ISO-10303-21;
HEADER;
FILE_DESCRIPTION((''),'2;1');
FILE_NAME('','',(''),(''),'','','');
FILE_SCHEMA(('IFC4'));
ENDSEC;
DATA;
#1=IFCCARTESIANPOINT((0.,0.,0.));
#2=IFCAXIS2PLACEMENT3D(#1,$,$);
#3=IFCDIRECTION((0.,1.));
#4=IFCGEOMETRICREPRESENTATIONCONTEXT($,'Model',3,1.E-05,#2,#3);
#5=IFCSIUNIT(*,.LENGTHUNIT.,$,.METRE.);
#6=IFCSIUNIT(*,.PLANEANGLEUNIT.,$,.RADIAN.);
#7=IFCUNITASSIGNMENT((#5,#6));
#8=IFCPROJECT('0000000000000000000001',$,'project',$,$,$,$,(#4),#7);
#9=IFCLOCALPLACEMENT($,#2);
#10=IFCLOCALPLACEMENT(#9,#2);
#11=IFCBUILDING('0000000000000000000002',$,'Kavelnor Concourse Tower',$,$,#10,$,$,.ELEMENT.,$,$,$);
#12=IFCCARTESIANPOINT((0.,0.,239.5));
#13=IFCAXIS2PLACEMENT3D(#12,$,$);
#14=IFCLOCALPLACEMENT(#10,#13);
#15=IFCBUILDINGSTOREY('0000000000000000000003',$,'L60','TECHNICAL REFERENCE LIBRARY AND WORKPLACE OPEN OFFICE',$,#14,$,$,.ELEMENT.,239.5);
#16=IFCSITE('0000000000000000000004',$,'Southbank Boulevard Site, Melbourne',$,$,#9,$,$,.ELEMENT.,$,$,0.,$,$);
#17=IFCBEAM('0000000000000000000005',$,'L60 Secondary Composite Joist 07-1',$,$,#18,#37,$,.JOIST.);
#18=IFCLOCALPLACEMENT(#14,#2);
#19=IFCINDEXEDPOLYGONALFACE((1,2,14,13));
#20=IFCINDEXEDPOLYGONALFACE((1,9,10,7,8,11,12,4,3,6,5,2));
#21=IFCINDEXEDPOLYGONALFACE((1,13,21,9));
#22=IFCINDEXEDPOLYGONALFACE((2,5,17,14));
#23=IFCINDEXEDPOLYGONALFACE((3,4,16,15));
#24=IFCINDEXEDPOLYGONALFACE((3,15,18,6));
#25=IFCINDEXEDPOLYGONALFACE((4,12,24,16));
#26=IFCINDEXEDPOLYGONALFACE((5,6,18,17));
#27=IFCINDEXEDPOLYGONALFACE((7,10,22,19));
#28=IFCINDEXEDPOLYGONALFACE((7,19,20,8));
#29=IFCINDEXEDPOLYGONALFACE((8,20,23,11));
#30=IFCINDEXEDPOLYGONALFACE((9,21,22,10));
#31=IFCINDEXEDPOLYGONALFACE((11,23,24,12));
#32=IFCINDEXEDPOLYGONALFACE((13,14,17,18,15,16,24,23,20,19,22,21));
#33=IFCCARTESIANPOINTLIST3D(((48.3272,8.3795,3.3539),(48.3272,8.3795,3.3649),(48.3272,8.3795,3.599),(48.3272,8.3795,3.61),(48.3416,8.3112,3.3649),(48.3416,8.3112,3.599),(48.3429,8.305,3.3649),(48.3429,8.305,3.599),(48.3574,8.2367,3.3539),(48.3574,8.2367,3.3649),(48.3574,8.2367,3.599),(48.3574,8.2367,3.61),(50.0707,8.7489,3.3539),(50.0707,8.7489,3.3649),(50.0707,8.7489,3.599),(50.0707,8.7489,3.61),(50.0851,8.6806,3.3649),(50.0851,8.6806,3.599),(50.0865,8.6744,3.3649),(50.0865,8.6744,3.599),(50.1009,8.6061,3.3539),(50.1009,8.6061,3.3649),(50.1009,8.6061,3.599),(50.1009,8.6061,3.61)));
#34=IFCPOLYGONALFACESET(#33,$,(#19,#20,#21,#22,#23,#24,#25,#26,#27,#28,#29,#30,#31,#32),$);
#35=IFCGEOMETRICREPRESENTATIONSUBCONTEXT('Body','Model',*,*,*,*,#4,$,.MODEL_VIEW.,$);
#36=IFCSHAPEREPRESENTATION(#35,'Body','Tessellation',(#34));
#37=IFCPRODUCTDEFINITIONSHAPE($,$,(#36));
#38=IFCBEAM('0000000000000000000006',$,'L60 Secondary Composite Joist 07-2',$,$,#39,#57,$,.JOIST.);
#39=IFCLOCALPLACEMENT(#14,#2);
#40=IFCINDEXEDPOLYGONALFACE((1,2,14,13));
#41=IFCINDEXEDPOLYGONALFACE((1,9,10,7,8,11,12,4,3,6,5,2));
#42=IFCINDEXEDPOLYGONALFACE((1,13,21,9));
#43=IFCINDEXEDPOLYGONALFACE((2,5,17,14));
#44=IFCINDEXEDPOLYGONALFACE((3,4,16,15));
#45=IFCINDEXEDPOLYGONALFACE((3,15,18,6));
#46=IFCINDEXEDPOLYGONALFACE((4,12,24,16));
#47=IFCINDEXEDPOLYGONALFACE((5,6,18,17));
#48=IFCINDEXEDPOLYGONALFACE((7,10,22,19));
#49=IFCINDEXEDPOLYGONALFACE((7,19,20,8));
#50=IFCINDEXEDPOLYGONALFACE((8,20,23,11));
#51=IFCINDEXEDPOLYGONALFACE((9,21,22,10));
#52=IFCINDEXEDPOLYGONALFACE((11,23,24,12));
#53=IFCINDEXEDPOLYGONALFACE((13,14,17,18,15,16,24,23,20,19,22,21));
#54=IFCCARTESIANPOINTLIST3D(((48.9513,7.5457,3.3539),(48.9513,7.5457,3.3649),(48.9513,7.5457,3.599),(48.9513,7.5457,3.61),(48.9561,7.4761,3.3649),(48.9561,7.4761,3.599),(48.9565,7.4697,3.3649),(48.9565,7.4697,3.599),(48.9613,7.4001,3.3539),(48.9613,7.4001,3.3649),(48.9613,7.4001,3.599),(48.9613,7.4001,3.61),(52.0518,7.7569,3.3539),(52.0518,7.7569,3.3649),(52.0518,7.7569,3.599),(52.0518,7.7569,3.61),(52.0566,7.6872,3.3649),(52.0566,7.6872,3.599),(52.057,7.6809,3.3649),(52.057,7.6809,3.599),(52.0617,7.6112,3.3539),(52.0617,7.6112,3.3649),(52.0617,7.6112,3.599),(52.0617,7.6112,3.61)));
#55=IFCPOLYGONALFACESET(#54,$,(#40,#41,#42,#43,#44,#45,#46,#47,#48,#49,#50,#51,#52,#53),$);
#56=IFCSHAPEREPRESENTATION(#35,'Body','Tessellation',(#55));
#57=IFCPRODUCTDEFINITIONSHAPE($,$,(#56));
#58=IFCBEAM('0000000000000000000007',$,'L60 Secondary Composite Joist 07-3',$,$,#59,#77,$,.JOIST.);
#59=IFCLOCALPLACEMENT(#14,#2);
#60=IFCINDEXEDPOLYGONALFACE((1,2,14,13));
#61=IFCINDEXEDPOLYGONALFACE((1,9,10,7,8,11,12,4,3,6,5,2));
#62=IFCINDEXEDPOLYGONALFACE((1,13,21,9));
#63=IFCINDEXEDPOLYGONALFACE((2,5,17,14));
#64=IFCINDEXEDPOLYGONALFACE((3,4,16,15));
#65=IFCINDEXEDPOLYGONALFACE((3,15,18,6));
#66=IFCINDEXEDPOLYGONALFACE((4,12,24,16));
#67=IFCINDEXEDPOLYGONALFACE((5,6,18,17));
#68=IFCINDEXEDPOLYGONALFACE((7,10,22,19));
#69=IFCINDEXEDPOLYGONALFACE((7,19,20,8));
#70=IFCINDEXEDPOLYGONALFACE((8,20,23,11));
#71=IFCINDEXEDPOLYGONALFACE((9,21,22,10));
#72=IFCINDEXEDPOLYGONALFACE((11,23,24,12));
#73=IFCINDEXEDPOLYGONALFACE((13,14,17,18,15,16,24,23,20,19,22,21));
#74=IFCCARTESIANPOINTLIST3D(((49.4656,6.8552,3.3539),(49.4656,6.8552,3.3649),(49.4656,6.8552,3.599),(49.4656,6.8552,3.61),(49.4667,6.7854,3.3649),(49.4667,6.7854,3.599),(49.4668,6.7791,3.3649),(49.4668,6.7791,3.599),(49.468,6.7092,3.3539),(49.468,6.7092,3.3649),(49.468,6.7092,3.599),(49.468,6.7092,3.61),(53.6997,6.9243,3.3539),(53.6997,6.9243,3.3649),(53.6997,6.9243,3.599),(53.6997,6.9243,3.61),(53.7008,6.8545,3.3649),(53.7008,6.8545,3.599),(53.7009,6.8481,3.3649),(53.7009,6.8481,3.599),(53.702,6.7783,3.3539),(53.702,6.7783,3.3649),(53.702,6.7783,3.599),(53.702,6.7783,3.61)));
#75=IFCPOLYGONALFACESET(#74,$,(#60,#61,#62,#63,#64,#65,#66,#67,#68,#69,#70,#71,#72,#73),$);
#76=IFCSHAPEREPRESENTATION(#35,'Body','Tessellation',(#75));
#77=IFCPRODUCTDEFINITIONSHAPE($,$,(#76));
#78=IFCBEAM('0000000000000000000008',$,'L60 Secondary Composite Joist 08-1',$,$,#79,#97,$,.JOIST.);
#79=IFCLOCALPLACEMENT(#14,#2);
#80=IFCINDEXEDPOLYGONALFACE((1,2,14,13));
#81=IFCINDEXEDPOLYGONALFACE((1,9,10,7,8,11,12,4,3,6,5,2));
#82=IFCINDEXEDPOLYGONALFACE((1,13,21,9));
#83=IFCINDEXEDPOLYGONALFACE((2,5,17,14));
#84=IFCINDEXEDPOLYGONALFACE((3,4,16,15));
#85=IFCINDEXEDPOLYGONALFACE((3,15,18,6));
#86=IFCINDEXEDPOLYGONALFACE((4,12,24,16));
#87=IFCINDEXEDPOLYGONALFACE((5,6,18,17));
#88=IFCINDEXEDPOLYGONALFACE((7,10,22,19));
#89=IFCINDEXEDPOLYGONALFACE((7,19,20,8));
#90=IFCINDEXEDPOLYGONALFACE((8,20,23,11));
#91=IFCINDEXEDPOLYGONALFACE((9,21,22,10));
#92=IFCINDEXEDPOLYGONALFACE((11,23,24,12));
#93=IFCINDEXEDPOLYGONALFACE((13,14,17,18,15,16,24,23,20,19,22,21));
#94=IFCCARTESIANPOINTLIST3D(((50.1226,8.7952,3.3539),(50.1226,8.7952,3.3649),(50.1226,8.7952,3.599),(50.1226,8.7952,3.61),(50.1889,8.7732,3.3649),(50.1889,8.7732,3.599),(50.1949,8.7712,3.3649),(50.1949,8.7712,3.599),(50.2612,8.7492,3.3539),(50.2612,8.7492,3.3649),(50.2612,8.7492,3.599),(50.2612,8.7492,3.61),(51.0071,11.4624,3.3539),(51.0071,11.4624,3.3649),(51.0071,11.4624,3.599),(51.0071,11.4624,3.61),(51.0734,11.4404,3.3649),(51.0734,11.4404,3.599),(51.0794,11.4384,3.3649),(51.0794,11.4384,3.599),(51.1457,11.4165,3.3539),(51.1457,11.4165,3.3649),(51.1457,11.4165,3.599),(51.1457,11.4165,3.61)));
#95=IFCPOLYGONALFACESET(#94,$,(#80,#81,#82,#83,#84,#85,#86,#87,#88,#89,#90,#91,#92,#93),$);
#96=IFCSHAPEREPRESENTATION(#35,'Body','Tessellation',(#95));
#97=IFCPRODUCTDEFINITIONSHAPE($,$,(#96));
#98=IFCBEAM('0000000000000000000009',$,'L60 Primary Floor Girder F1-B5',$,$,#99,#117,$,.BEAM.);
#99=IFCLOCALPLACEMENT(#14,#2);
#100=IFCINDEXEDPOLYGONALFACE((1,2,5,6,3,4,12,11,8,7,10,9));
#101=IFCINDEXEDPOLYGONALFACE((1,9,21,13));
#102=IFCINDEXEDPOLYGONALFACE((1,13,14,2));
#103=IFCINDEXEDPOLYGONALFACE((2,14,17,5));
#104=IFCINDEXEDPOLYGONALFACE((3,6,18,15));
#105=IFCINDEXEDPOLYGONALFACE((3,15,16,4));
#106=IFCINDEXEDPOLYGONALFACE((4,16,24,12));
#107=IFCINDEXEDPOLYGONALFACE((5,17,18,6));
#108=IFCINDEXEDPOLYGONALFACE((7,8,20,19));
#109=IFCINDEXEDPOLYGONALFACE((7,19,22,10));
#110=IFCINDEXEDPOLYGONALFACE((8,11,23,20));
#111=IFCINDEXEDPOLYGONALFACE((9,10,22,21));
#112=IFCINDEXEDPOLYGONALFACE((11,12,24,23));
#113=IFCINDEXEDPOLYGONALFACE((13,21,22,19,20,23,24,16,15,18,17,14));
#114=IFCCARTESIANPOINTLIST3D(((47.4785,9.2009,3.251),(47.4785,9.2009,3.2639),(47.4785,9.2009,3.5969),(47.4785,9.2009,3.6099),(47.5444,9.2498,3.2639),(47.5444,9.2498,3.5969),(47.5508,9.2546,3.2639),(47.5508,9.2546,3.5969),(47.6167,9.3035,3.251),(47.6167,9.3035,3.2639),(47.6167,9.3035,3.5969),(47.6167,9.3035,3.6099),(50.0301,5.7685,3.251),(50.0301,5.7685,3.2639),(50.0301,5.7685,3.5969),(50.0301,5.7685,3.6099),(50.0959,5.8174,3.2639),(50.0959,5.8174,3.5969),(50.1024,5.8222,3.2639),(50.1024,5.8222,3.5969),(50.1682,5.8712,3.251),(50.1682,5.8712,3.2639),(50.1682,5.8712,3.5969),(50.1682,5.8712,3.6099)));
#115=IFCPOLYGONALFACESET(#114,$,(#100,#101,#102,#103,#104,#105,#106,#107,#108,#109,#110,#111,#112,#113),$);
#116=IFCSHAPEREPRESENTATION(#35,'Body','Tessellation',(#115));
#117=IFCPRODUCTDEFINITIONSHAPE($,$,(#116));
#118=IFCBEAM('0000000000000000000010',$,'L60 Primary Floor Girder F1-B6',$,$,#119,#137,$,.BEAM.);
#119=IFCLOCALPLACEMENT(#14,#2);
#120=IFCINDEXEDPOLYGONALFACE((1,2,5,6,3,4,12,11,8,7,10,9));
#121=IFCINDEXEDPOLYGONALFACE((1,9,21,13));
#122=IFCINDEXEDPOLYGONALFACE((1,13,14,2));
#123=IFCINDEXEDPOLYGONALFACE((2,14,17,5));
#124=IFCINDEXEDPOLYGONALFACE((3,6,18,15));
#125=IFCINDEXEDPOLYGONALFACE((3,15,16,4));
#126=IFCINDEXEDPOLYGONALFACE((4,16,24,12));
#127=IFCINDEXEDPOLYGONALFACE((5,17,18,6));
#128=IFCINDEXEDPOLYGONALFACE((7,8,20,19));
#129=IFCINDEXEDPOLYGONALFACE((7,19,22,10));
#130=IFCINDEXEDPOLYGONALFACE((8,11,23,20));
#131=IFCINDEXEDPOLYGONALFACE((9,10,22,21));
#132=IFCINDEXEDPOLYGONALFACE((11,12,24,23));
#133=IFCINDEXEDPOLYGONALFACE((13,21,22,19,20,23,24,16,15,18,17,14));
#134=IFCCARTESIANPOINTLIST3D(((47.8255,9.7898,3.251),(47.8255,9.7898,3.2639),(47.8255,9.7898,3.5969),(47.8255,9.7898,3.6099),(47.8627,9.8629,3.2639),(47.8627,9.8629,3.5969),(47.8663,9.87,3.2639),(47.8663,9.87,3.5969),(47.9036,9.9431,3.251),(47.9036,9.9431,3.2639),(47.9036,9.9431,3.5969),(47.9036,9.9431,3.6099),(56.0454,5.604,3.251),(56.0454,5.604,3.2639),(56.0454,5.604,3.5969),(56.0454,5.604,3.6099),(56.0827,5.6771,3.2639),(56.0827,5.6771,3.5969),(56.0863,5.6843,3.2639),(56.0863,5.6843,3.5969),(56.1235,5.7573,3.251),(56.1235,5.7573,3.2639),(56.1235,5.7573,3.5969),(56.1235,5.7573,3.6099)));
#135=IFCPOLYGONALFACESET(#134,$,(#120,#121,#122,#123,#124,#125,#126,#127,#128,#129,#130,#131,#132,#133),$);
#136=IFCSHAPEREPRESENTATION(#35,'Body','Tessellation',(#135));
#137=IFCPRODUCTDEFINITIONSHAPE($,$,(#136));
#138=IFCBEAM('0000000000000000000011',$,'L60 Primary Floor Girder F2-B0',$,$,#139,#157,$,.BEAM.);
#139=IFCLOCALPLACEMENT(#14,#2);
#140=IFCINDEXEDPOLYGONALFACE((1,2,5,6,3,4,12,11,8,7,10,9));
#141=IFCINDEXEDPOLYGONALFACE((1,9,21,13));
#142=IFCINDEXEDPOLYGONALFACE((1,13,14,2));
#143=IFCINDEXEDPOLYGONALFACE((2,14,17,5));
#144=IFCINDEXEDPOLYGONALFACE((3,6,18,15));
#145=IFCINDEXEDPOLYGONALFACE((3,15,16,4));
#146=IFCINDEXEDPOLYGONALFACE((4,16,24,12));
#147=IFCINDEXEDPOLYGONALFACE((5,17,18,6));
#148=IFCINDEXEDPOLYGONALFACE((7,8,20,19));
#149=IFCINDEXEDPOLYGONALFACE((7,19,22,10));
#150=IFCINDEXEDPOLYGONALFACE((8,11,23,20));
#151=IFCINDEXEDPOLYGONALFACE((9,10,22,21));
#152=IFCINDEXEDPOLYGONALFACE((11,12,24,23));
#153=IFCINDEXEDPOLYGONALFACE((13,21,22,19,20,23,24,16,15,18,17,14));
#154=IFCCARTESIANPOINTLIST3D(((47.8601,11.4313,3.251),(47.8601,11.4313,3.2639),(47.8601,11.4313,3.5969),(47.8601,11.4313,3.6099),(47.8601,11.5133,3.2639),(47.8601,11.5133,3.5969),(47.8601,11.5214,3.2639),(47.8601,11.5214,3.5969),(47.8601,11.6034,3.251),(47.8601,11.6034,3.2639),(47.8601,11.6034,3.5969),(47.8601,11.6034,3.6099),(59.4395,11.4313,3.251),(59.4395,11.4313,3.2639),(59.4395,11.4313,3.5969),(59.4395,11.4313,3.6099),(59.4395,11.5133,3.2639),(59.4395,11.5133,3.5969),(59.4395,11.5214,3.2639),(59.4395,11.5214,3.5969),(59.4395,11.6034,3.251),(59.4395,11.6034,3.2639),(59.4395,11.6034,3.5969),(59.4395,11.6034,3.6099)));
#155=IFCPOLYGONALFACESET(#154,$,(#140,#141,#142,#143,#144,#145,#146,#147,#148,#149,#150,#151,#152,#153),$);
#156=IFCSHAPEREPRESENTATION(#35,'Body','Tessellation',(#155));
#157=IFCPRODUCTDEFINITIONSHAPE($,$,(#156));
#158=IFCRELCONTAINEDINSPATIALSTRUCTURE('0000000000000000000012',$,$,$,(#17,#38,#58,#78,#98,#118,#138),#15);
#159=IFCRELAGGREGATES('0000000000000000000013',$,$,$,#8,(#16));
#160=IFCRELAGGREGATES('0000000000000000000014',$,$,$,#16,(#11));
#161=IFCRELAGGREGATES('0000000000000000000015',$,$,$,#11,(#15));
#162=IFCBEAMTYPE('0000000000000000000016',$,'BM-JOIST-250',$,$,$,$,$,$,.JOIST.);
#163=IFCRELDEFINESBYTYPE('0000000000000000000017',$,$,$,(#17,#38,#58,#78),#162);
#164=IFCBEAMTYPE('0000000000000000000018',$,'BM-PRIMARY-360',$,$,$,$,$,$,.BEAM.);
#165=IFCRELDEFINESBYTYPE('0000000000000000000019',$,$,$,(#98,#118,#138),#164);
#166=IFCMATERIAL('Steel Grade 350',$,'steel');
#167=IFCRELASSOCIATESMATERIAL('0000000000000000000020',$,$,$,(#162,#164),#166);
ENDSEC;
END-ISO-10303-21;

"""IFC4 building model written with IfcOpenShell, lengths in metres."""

from ifc_helpers import new_model, si_unit, direction, frame, origin, origin_2d, place, context, subcontext, project, spatial, i_section, extrude, material, material_profile, profile_set, type_object, element, save


model = new_model("IFC4")

# Units and contexts
model_context = context("Model", 3, precision=1e-05, world=origin(), true_north=direction((0.0, 1.0)))
body_context = subcontext(model_context, "Body", "Model", "MODEL_VIEW")
ifc_project = project(units=[si_unit("LENGTHUNIT", "METRE"), si_unit("PLANEANGLEUNIT", "RADIAN")], contexts=[model_context])

# Site, building, storey
site_placement = place(None, origin())
site = spatial("IfcSite", under=ifc_project, at=site_placement, Name="Southbank Boulevard Site, Melbourne", CompositionType="ELEMENT", RefElevation=0.0)
building_placement = place(site_placement, origin())
building = spatial("IfcBuilding", under=site, at=building_placement, Name="Kavelnor Concourse Tower", CompositionType="ELEMENT")
storey_placement = place(building_placement, frame((0.0, 0.0, 239.5)))
storey = spatial("IfcBuildingStorey", under=building, at=storey_placement, Name="L60", Description="TECHNICAL REFERENCE LIBRARY AND WORKPLACE OPEN OFFICE", CompositionType="ELEMENT", Elevation=239.5)

# Beams
ifc_material_1 = material(Name="Steel Grade 350", Category="steel")
ifc_material_profile_1 = material_profile(ifc_material_1, i_section(OverallWidth=0.146, OverallDepth=0.2561, WebThickness=0.0063, FlangeThickness=0.011, at=origin_2d()), Name="250UB37")
ifc_profile_set_1 = profile_set([ifc_material_profile_1], Name="Steel Grade 350")
beam_type_1 = type_object("IfcBeamType", Name="BM-JOIST-250", PredefinedType="JOIST", material=ifc_profile_set_1)
beam_1_placement = place(storey_placement, frame((48.3423, 8.3081, 3.4819), z_axis=(0.978283, 0.207274, 0.0), x_axis=(-0.207274, 0.978283, 0.0)))
element("IfcBeam", 1, at=beam_1_placement, inside=storey, type_object=beam_type_1, Name="L60 Secondary Composite Joist 07-1", PredefinedType="JOIST", context=body_context, shape_type="SweptSolid", body=[
    extrude(i_section(OverallWidth=0.146, OverallDepth=0.2561, WebThickness=0.0063, FlangeThickness=0.011, at=origin_2d()), origin(), (0.0, 0.0, 1.0), 1.7822),
])
beam_2_placement = place(storey_placement, frame((48.9563, 7.4729, 3.4819), z_axis=(0.997689, 0.067953, 0.0), x_axis=(-0.067953, 0.997689, 0.0)))
element("IfcBeam", 2, at=beam_2_placement, inside=storey, type_object=beam_type_1, Name="L60 Secondary Composite Joist 07-2", PredefinedType="JOIST", context=body_context, shape_type="SweptSolid", body=[
    extrude(i_section(OverallWidth=0.146, OverallDepth=0.2561, WebThickness=0.0063, FlangeThickness=0.011, at=origin_2d()), origin(), (0.0, 0.0, 1.0), 3.1077),
])
beam_3_placement = place(storey_placement, frame((49.4668, 6.7822, 3.4819), z_axis=(0.999867, 0.016316, 0.0), x_axis=(-0.016316, 0.999867, 0.0)))
element("IfcBeam", 3, at=beam_3_placement, inside=storey, type_object=beam_type_1, Name="L60 Secondary Composite Joist 07-3", PredefinedType="JOIST", context=body_context, shape_type="SweptSolid", body=[
    extrude(i_section(OverallWidth=0.146, OverallDepth=0.2561, WebThickness=0.0063, FlangeThickness=0.011, at=origin_2d()), origin(), (0.0, 0.0, 1.0), 4.2346),
])
beam_4_placement = place(storey_placement, frame((50.1919, 8.7722, 3.4819), z_axis=(0.314768, 0.949169, 0.0), x_axis=(-0.949169, 0.314768, 0.0)))
element("IfcBeam", 4, at=beam_4_placement, inside=storey, type_object=beam_type_1, Name="L60 Secondary Composite Joist 08-1", PredefinedType="JOIST", context=body_context, shape_type="SweptSolid", body=[
    extrude(i_section(OverallWidth=0.146, OverallDepth=0.2561, WebThickness=0.0063, FlangeThickness=0.011, at=origin_2d()), origin(), (0.0, 0.0, 1.0), 2.8101),
])
ifc_material_profile_2 = material_profile(ifc_material_1, i_section(OverallWidth=0.1721, OverallDepth=0.3589, WebThickness=0.0081, FlangeThickness=0.0129, at=origin_2d()), Name="360UB56")
ifc_profile_set_2 = profile_set([ifc_material_profile_2], Name="Steel Grade 350")
beam_type_2 = type_object("IfcBeamType", Name="BM-PRIMARY-360", PredefinedType="BEAM", material=ifc_profile_set_2)
beam_5_placement = place(storey_placement, frame((47.5476, 9.2522, 3.4304), z_axis=(0.596588, -0.802548, 0.0), x_axis=(0.802548, 0.596588, 0.0)))
element("IfcBeam", 5, at=beam_5_placement, inside=storey, type_object=beam_type_2, Name="L60 Primary Floor Girder F1-B5", PredefinedType="BEAM", context=body_context, shape_type="SweptSolid", body=[
    extrude(i_section(OverallWidth=0.1721, OverallDepth=0.3589, WebThickness=0.0081, FlangeThickness=0.0129, at=origin_2d()), origin(), (0.0, 0.0, 1.0), 4.2769),
])
beam_6_placement = place(storey_placement, frame((47.8645, 9.8665, 3.4304), z_axis=(0.891116, -0.453776, 0.0), x_axis=(0.453776, 0.891116, 0.0)))
element("IfcBeam", 6, at=beam_6_placement, inside=storey, type_object=beam_type_2, Name="L60 Primary Floor Girder F1-B6", PredefinedType="BEAM", context=body_context, shape_type="SweptSolid", body=[
    extrude(i_section(OverallWidth=0.1721, OverallDepth=0.3589, WebThickness=0.0081, FlangeThickness=0.0129, at=origin_2d()), origin(), (0.0, 0.0, 1.0), 9.2244),
])
beam_7_placement = place(storey_placement, frame((47.8601, 11.5173, 3.4304), z_axis=(1.0, 0.0, 0.0), x_axis=(0.0, 1.0, 0.0)))
element("IfcBeam", 7, at=beam_7_placement, inside=storey, type_object=beam_type_2, Name="L60 Primary Floor Girder F2-B0", PredefinedType="BEAM", context=body_context, shape_type="SweptSolid", body=[
    extrude(i_section(OverallWidth=0.1721, OverallDepth=0.3589, WebThickness=0.0081, FlangeThickness=0.0129, at=origin_2d()), origin(), (0.0, 0.0, 1.0), 11.5793),
])

save(model, "model.ifc")
